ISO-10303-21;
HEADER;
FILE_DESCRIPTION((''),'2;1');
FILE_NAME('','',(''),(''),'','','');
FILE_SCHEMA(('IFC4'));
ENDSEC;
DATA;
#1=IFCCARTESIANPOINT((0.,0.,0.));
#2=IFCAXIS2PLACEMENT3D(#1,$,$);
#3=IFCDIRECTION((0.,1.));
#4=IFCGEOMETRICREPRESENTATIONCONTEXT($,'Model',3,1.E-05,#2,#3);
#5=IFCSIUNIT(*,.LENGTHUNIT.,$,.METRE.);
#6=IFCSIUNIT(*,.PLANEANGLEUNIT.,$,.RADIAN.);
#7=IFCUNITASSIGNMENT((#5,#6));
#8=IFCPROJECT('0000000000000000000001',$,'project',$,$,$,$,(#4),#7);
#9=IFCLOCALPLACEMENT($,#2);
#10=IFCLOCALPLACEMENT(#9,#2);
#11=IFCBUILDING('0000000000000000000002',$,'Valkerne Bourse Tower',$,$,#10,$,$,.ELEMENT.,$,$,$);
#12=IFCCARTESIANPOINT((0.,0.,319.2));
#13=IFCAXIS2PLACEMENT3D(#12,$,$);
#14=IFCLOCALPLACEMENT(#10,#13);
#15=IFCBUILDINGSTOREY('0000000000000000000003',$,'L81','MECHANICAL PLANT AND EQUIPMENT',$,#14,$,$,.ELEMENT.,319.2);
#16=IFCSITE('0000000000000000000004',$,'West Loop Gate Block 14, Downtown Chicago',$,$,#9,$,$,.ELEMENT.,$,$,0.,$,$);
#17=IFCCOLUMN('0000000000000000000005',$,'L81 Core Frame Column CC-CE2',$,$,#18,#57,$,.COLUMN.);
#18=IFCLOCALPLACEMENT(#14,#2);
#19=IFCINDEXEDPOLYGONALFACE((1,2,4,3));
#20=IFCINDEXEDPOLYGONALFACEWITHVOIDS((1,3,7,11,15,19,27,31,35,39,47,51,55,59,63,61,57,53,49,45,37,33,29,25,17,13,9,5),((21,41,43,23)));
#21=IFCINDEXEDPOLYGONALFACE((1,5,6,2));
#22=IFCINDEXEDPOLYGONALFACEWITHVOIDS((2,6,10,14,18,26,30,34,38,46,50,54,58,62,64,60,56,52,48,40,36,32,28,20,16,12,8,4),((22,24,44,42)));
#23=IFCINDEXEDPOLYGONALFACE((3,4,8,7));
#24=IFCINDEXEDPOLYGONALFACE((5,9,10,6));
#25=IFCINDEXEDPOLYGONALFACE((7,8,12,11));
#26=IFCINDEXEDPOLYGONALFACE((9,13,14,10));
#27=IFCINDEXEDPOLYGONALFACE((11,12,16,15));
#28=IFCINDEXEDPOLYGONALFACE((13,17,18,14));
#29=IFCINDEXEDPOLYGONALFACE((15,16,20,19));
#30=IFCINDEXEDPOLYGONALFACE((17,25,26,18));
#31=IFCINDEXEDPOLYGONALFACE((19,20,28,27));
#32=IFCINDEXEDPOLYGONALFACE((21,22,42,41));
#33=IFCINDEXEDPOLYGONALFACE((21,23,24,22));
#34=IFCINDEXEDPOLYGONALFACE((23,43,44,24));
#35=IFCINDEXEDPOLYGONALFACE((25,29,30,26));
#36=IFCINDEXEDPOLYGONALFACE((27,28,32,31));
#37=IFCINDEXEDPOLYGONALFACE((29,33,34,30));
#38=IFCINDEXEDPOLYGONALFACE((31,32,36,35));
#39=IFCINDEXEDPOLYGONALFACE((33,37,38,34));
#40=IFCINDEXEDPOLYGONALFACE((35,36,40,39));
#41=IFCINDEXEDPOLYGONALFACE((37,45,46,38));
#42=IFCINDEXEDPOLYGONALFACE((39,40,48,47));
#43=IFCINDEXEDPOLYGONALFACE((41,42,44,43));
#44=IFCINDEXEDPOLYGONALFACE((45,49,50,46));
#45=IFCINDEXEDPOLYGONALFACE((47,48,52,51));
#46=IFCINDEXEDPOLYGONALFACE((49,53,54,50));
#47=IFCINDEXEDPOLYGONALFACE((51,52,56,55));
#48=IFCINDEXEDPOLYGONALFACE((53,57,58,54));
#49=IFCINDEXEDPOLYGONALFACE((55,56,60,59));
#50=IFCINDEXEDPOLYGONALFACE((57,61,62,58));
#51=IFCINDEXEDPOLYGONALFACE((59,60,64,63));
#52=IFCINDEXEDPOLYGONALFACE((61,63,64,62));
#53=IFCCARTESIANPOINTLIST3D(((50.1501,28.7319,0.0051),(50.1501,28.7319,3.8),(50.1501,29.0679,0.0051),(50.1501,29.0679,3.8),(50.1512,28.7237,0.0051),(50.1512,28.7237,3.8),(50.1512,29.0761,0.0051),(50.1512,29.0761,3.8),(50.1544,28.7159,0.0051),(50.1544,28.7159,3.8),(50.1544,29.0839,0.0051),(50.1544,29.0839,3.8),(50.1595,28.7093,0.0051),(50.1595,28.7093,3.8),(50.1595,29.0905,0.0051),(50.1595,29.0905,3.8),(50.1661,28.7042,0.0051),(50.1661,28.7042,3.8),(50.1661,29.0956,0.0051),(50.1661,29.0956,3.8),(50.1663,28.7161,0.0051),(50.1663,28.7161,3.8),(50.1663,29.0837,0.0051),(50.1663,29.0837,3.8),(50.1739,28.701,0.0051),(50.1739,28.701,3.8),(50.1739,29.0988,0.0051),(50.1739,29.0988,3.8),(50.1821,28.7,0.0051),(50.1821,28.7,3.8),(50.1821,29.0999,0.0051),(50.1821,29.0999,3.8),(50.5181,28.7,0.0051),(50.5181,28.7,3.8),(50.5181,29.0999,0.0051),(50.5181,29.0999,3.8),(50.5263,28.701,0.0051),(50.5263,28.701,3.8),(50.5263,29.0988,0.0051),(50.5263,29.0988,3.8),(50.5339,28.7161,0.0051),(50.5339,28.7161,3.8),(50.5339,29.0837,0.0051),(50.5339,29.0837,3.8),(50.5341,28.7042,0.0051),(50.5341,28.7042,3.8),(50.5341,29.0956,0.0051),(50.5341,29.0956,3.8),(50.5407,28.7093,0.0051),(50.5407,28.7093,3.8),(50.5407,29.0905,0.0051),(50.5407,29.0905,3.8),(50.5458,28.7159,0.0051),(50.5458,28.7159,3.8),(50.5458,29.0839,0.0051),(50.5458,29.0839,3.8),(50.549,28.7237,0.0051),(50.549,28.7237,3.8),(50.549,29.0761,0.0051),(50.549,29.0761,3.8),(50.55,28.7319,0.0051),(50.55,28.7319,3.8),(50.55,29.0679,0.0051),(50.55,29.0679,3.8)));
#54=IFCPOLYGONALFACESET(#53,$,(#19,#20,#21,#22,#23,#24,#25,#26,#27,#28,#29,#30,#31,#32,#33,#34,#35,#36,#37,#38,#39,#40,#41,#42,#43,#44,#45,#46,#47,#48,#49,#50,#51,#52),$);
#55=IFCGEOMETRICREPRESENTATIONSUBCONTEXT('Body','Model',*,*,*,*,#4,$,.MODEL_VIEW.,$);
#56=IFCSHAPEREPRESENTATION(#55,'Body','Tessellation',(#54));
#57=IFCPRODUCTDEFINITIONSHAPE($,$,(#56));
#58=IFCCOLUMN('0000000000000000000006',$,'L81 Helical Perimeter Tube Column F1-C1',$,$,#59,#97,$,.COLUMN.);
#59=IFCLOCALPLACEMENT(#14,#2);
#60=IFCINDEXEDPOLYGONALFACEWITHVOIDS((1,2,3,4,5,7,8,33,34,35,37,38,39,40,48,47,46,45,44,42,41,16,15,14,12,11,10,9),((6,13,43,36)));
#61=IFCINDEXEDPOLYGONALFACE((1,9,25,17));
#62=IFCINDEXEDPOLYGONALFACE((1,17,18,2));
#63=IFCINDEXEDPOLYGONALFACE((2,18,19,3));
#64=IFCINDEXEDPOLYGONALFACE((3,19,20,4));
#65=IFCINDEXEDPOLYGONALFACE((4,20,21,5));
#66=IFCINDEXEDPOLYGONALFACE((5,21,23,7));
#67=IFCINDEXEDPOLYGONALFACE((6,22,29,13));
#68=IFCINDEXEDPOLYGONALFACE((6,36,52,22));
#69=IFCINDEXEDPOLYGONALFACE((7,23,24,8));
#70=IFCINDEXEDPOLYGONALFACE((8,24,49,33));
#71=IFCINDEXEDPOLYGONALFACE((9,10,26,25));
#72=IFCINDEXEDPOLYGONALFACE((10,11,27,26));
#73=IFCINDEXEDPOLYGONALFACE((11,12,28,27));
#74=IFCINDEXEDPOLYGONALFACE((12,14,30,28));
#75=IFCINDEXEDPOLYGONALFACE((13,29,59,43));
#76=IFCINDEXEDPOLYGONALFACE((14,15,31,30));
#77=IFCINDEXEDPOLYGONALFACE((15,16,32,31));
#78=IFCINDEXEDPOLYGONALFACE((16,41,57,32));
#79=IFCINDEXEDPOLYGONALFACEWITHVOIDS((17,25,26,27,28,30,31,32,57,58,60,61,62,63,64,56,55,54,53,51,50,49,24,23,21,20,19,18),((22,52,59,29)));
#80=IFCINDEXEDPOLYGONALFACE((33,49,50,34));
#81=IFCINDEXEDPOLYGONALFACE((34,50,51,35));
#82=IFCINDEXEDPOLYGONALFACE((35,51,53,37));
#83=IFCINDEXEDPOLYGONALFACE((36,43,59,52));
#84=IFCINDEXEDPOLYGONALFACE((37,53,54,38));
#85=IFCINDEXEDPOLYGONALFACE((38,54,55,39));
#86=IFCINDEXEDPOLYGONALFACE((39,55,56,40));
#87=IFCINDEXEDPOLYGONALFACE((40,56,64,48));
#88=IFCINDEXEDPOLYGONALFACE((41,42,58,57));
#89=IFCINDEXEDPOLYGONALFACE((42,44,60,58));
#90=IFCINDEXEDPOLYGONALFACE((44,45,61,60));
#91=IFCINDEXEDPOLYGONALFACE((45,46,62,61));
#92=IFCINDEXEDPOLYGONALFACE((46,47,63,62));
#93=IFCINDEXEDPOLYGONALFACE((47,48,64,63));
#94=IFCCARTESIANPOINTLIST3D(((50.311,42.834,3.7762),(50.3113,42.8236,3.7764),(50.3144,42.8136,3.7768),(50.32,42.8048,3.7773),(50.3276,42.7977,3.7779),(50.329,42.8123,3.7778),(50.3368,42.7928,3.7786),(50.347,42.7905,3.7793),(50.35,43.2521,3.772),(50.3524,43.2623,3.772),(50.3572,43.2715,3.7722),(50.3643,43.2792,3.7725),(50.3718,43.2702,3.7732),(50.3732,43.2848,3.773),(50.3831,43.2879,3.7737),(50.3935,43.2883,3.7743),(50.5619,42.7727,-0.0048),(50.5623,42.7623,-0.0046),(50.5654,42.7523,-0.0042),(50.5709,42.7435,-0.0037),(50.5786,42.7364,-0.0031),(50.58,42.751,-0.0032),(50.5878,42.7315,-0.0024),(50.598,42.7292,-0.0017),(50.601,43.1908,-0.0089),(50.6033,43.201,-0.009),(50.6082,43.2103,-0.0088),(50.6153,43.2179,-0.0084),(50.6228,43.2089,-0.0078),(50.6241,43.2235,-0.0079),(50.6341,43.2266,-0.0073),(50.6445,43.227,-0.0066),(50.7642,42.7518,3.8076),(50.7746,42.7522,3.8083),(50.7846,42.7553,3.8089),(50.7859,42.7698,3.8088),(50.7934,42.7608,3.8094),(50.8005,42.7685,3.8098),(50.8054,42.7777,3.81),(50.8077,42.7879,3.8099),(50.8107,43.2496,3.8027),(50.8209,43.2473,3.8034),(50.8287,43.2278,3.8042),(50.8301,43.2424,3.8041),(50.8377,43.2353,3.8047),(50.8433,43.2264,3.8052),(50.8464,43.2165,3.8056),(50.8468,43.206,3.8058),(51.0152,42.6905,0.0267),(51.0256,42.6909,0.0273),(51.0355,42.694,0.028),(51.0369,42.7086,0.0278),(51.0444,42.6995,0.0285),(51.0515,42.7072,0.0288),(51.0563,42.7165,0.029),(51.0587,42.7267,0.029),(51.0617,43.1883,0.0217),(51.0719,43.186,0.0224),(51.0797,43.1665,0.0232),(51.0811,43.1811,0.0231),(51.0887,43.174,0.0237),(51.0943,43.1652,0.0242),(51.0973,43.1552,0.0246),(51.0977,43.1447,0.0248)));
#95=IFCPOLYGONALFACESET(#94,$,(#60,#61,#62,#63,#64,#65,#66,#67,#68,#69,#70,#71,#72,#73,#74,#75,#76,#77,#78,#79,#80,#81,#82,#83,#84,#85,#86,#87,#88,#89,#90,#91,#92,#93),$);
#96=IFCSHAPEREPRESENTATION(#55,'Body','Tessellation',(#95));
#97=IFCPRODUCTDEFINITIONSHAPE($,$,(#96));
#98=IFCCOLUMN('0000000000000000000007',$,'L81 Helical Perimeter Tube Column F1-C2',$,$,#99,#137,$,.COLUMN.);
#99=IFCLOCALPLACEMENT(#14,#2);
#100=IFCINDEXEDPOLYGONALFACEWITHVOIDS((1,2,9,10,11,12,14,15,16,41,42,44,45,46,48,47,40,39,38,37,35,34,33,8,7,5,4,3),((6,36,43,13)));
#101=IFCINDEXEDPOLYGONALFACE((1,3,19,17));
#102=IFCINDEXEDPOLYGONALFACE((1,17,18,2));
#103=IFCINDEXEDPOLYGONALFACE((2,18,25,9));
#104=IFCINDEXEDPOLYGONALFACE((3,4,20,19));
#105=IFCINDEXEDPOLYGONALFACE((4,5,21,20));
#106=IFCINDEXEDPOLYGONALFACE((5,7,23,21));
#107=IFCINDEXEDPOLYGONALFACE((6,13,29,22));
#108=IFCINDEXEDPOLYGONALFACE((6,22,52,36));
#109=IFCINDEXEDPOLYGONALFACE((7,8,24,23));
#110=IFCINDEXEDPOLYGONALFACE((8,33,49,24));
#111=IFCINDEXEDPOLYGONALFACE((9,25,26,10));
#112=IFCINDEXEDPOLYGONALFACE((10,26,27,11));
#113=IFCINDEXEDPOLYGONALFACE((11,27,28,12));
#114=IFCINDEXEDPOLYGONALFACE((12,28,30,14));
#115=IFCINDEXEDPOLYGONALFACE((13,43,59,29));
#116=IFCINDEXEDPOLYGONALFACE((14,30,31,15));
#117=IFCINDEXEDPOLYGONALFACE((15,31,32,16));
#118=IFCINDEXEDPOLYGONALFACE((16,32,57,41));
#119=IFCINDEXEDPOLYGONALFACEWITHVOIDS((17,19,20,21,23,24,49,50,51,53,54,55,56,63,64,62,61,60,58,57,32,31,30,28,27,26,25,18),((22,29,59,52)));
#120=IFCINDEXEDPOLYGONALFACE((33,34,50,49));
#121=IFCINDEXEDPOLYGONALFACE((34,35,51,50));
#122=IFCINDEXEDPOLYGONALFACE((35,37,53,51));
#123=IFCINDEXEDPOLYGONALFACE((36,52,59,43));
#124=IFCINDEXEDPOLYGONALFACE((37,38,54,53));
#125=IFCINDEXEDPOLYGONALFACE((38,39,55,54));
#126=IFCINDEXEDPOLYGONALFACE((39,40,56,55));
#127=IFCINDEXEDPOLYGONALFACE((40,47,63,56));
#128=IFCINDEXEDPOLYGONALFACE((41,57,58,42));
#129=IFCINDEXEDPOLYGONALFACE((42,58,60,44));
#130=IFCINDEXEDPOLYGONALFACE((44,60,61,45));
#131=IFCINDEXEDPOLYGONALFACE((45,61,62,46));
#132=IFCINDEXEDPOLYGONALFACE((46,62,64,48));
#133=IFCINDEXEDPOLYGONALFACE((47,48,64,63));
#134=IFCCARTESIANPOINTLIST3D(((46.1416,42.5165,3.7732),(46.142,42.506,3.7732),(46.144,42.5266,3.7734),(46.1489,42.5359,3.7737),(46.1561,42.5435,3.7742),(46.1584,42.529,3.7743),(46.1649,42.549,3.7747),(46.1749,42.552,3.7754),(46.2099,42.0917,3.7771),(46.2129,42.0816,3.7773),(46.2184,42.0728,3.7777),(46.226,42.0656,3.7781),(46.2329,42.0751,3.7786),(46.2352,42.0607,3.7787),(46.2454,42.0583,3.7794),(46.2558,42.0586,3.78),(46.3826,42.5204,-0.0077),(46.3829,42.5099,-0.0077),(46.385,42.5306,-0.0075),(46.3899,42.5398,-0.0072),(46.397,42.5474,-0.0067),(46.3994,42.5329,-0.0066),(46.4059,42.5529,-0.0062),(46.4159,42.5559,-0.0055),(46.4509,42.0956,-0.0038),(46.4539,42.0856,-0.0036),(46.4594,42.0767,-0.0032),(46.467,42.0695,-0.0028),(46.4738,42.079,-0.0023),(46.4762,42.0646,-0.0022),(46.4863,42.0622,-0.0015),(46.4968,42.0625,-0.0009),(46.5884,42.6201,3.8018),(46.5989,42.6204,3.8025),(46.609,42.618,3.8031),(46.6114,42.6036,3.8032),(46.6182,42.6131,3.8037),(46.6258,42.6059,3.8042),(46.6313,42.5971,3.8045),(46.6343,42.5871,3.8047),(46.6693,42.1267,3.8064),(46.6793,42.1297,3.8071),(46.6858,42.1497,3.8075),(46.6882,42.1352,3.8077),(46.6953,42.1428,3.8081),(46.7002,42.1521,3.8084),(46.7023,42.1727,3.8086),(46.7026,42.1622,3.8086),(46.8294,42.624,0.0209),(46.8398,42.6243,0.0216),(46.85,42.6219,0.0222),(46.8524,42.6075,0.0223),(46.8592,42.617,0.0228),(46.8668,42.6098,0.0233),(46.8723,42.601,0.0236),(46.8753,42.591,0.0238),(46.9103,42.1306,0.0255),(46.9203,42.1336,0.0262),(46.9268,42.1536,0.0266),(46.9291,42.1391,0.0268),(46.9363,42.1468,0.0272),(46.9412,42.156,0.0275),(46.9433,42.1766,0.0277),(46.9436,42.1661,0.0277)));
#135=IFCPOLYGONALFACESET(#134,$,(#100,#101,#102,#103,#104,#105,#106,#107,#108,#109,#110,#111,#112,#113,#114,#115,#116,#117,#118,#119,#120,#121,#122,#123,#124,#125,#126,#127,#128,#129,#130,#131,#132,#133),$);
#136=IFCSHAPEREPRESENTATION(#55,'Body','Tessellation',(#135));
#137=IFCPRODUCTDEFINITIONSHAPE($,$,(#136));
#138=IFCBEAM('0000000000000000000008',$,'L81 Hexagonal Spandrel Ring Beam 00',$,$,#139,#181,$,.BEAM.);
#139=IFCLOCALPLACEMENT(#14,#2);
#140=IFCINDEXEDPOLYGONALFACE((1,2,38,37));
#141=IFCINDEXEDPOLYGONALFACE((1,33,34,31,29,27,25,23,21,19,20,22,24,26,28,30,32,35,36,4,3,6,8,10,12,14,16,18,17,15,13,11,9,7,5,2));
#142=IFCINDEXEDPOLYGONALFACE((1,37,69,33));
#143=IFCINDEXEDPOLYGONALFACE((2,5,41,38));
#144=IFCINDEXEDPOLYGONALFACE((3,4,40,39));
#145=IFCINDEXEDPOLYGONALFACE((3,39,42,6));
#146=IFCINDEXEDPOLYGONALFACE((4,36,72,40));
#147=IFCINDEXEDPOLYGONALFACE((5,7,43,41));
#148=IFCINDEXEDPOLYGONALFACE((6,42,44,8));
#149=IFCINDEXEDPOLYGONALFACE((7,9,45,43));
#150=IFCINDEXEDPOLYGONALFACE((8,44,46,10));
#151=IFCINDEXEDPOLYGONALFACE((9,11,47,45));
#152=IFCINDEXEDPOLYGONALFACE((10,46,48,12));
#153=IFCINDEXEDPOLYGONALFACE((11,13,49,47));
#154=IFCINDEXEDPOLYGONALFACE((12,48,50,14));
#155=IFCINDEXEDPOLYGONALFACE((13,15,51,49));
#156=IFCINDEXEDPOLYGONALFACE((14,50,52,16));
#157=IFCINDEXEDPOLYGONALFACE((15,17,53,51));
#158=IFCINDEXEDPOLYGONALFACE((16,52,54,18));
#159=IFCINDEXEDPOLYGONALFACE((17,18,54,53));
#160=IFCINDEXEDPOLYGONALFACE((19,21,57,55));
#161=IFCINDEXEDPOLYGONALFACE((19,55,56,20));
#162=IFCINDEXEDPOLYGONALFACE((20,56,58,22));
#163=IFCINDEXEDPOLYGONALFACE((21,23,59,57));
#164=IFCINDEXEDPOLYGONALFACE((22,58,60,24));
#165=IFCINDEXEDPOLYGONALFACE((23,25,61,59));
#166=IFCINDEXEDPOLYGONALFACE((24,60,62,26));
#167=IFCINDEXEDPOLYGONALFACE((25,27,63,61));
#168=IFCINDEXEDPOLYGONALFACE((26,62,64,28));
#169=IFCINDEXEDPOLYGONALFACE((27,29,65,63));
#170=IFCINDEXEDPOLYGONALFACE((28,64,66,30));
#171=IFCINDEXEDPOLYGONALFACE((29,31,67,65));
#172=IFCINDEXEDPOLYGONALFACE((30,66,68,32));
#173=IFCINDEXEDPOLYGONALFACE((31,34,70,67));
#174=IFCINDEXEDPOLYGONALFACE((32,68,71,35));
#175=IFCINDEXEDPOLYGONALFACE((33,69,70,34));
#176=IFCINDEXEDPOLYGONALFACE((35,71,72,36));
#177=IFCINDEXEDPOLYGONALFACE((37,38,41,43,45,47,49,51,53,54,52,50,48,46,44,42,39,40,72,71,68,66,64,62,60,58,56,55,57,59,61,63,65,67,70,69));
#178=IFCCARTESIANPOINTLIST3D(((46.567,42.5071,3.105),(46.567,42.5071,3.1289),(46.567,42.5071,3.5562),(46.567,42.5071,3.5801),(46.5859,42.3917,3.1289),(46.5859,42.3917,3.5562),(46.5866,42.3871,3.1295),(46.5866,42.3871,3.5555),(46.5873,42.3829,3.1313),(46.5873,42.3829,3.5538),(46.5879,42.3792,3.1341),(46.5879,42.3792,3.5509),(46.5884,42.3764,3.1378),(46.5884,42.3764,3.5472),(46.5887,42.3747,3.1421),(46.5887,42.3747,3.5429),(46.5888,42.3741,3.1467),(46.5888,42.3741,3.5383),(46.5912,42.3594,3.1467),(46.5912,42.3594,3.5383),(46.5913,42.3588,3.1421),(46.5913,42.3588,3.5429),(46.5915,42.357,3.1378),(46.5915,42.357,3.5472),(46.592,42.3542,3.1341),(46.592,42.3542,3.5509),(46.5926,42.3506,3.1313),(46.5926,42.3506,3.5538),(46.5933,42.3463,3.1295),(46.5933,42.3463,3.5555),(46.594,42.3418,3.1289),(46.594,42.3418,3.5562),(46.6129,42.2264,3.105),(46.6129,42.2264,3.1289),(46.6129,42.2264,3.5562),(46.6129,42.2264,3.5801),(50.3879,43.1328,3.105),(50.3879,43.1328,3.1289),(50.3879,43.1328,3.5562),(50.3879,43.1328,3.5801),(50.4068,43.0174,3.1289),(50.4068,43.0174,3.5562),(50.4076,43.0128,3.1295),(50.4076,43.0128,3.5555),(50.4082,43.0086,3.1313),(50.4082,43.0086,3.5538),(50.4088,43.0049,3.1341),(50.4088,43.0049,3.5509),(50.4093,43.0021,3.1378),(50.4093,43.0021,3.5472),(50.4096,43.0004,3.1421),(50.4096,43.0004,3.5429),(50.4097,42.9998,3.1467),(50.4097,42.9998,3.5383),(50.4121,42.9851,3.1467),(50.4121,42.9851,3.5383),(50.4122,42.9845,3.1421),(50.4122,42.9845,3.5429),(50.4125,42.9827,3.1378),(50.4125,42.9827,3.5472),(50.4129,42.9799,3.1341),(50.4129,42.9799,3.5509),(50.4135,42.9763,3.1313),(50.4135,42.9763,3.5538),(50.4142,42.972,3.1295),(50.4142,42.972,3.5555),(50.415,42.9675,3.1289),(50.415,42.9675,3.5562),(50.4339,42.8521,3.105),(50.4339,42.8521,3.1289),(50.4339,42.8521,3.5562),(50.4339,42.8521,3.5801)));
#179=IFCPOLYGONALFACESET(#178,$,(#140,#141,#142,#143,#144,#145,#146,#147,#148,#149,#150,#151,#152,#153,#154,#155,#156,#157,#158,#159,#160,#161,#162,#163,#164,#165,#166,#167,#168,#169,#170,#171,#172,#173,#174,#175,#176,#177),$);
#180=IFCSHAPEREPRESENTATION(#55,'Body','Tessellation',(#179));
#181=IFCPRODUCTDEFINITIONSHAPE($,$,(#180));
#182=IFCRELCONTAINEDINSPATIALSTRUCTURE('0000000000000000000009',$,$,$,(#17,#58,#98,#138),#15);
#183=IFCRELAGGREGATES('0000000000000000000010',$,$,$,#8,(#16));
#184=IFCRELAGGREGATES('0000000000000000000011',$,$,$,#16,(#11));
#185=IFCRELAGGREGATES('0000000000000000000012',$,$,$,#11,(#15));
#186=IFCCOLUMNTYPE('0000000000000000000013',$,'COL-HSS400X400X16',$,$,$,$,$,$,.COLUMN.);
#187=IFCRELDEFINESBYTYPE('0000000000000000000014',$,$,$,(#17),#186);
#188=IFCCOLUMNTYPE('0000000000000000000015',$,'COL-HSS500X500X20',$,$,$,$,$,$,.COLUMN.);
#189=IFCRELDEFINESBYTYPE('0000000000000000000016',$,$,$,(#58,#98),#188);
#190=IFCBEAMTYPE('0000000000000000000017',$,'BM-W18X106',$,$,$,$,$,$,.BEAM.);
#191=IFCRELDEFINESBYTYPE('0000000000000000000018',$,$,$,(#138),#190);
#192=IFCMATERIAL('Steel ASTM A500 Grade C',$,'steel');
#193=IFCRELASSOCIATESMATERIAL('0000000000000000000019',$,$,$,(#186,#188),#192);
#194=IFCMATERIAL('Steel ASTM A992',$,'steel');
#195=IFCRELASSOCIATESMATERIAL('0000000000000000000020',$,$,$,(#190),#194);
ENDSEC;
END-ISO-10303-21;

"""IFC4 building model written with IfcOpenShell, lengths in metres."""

from ifc_helpers import new_model, si_unit, direction, frame, origin, origin_2d, place, context, subcontext, project, spatial, hollow_rectangle, i_section, extrude, material, material_profile, profile_set, type_object, element, save


model = new_model("IFC4")

# Units and contexts
model_context = context("Model", 3, precision=1e-05, world=origin(), true_north=direction((0.0, 1.0)))
body_context = subcontext(model_context, "Body", "Model", "MODEL_VIEW")
ifc_project = project(units=[si_unit("LENGTHUNIT", "METRE"), si_unit("PLANEANGLEUNIT", "RADIAN")], contexts=[model_context])

# Site, building, storey
site_placement = place(None, origin())
site = spatial("IfcSite", under=ifc_project, at=site_placement, Name="West Loop Gate Block 14, Downtown Chicago", CompositionType="ELEMENT", RefElevation=0.0)
building_placement = place(site_placement, origin())
building = spatial("IfcBuilding", under=site, at=building_placement, Name="Valkerne Bourse Tower", CompositionType="ELEMENT")
storey_placement = place(building_placement, frame((0.0, 0.0, 319.2)))
storey = spatial("IfcBuildingStorey", under=building, at=storey_placement, Name="L81", Description="MECHANICAL PLANT AND EQUIPMENT", CompositionType="ELEMENT", Elevation=319.2)

# Columns
ifc_material_1 = material(Name="Steel ASTM A500 Grade C", Category="steel")
ifc_material_profile_1 = material_profile(ifc_material_1, hollow_rectangle(XDim=0.3999, YDim=0.3999, WallThickness=0.0161, OuterFilletRadius=0.032, at=origin_2d()), Name="HSS400X400X16")
ifc_profile_set_1 = profile_set([ifc_material_profile_1], Name="Steel ASTM A500 Grade C")
column_type_1 = type_object("IfcColumnType", Name="COL-HSS400X400X16", PredefinedType="COLUMN", material=ifc_profile_set_1)
column_1_placement = place(storey_placement, frame((50.3501, 28.8999, 0.0051), z_axis=(0.0, 0.0, 1.0), x_axis=(1.0, 0.0, 0.0)))
element("IfcColumn", 1, at=column_1_placement, inside=storey, type_object=column_type_1, Name="L81 Core Frame Column CC-CE2", PredefinedType="COLUMN", context=body_context, shape_type="SweptSolid", body=[
    extrude(hollow_rectangle(XDim=0.3999, YDim=0.3999, WallThickness=0.0161, OuterFilletRadius=0.032, at=origin_2d()), origin(), (0.0, 0.0, 1.0), 3.7949),
])
ifc_material_profile_2 = material_profile(ifc_material_1, hollow_rectangle(XDim=0.5, YDim=0.5, WallThickness=0.02, OuterFilletRadius=0.04, at=origin_2d()), Name="HSS500X500X20")
ifc_profile_set_2 = profile_set([ifc_material_profile_2], Name="Steel ASTM A500 Grade C")
column_type_2 = type_object("IfcColumnType", Name="COL-HSS500X500X20", PredefinedType="COLUMN", material=ifc_profile_set_2)
column_2_placement = place(storey_placement, frame((50.8298, 42.9587, 0.01), z_axis=(-0.066224, 0.016169, 0.997674), x_axis=(0.093067, 0.99561, -0.009958)))
element("IfcColumn", 2, at=column_2_placement, inside=storey, type_object=column_type_2, Name="L81 Helical Perimeter Tube Column F1-C1", PredefinedType="COLUMN", context=body_context, shape_type="SweptSolid", body=[
    extrude(hollow_rectangle(XDim=0.5, YDim=0.5, WallThickness=0.02, OuterFilletRadius=0.04, at=origin_2d()), origin(), (0.0, 0.0, 1.0), 3.7898),
])
column_3_placement = place(storey_placement, frame((46.6631, 42.3433, 0.01), z_axis=(-0.063602, -0.001031, 0.997975), x_axis=(-0.161803, 0.986779, -0.009292)))
element("IfcColumn", 3, at=column_3_placement, inside=storey, type_object=column_type_2, Name="L81 Helical Perimeter Tube Column F1-C2", PredefinedType="COLUMN", context=body_context, shape_type="SweptSolid", body=[
    extrude(hollow_rectangle(XDim=0.5, YDim=0.5, WallThickness=0.02, OuterFilletRadius=0.04, at=origin_2d()), origin(), (0.0, 0.0, 1.0), 3.7886),
])

# Beam
ifc_material_2 = material(Name="Steel ASTM A992", Category="steel")
ifc_material_profile_3 = material_profile(ifc_material_2, i_section(OverallWidth=0.2844, OverallDepth=0.4751, WebThickness=0.0149, FlangeThickness=0.0239, FilletRadius=0.0178, at=origin_2d()), Name="W18X106")
ifc_profile_set_3 = profile_set([ifc_material_profile_3], Name="Steel ASTM A992")
beam_type_1 = type_object("IfcBeamType", Name="BM-W18X106", PredefinedType="BEAM", material=ifc_profile_set_3)
beam_1_placement = place(storey_placement, frame((50.4109, 42.9924, 3.3425), z_axis=(-0.986855, -0.161607, 0.0), x_axis=(0.161607, -0.986855, 0.0)))
element("IfcBeam", 4, at=beam_1_placement, inside=storey, type_object=beam_type_1, Name="L81 Hexagonal Spandrel Ring Beam 00", PredefinedType="BEAM", context=body_context, shape_type="SweptSolid", body=[
    extrude(i_section(OverallWidth=0.2844, OverallDepth=0.4751, WebThickness=0.0149, FlangeThickness=0.0239, FilletRadius=0.0178, at=origin_2d()), origin(), (0.0, 0.0, 1.0), 3.8718),
])

save(model, "model.ifc")
